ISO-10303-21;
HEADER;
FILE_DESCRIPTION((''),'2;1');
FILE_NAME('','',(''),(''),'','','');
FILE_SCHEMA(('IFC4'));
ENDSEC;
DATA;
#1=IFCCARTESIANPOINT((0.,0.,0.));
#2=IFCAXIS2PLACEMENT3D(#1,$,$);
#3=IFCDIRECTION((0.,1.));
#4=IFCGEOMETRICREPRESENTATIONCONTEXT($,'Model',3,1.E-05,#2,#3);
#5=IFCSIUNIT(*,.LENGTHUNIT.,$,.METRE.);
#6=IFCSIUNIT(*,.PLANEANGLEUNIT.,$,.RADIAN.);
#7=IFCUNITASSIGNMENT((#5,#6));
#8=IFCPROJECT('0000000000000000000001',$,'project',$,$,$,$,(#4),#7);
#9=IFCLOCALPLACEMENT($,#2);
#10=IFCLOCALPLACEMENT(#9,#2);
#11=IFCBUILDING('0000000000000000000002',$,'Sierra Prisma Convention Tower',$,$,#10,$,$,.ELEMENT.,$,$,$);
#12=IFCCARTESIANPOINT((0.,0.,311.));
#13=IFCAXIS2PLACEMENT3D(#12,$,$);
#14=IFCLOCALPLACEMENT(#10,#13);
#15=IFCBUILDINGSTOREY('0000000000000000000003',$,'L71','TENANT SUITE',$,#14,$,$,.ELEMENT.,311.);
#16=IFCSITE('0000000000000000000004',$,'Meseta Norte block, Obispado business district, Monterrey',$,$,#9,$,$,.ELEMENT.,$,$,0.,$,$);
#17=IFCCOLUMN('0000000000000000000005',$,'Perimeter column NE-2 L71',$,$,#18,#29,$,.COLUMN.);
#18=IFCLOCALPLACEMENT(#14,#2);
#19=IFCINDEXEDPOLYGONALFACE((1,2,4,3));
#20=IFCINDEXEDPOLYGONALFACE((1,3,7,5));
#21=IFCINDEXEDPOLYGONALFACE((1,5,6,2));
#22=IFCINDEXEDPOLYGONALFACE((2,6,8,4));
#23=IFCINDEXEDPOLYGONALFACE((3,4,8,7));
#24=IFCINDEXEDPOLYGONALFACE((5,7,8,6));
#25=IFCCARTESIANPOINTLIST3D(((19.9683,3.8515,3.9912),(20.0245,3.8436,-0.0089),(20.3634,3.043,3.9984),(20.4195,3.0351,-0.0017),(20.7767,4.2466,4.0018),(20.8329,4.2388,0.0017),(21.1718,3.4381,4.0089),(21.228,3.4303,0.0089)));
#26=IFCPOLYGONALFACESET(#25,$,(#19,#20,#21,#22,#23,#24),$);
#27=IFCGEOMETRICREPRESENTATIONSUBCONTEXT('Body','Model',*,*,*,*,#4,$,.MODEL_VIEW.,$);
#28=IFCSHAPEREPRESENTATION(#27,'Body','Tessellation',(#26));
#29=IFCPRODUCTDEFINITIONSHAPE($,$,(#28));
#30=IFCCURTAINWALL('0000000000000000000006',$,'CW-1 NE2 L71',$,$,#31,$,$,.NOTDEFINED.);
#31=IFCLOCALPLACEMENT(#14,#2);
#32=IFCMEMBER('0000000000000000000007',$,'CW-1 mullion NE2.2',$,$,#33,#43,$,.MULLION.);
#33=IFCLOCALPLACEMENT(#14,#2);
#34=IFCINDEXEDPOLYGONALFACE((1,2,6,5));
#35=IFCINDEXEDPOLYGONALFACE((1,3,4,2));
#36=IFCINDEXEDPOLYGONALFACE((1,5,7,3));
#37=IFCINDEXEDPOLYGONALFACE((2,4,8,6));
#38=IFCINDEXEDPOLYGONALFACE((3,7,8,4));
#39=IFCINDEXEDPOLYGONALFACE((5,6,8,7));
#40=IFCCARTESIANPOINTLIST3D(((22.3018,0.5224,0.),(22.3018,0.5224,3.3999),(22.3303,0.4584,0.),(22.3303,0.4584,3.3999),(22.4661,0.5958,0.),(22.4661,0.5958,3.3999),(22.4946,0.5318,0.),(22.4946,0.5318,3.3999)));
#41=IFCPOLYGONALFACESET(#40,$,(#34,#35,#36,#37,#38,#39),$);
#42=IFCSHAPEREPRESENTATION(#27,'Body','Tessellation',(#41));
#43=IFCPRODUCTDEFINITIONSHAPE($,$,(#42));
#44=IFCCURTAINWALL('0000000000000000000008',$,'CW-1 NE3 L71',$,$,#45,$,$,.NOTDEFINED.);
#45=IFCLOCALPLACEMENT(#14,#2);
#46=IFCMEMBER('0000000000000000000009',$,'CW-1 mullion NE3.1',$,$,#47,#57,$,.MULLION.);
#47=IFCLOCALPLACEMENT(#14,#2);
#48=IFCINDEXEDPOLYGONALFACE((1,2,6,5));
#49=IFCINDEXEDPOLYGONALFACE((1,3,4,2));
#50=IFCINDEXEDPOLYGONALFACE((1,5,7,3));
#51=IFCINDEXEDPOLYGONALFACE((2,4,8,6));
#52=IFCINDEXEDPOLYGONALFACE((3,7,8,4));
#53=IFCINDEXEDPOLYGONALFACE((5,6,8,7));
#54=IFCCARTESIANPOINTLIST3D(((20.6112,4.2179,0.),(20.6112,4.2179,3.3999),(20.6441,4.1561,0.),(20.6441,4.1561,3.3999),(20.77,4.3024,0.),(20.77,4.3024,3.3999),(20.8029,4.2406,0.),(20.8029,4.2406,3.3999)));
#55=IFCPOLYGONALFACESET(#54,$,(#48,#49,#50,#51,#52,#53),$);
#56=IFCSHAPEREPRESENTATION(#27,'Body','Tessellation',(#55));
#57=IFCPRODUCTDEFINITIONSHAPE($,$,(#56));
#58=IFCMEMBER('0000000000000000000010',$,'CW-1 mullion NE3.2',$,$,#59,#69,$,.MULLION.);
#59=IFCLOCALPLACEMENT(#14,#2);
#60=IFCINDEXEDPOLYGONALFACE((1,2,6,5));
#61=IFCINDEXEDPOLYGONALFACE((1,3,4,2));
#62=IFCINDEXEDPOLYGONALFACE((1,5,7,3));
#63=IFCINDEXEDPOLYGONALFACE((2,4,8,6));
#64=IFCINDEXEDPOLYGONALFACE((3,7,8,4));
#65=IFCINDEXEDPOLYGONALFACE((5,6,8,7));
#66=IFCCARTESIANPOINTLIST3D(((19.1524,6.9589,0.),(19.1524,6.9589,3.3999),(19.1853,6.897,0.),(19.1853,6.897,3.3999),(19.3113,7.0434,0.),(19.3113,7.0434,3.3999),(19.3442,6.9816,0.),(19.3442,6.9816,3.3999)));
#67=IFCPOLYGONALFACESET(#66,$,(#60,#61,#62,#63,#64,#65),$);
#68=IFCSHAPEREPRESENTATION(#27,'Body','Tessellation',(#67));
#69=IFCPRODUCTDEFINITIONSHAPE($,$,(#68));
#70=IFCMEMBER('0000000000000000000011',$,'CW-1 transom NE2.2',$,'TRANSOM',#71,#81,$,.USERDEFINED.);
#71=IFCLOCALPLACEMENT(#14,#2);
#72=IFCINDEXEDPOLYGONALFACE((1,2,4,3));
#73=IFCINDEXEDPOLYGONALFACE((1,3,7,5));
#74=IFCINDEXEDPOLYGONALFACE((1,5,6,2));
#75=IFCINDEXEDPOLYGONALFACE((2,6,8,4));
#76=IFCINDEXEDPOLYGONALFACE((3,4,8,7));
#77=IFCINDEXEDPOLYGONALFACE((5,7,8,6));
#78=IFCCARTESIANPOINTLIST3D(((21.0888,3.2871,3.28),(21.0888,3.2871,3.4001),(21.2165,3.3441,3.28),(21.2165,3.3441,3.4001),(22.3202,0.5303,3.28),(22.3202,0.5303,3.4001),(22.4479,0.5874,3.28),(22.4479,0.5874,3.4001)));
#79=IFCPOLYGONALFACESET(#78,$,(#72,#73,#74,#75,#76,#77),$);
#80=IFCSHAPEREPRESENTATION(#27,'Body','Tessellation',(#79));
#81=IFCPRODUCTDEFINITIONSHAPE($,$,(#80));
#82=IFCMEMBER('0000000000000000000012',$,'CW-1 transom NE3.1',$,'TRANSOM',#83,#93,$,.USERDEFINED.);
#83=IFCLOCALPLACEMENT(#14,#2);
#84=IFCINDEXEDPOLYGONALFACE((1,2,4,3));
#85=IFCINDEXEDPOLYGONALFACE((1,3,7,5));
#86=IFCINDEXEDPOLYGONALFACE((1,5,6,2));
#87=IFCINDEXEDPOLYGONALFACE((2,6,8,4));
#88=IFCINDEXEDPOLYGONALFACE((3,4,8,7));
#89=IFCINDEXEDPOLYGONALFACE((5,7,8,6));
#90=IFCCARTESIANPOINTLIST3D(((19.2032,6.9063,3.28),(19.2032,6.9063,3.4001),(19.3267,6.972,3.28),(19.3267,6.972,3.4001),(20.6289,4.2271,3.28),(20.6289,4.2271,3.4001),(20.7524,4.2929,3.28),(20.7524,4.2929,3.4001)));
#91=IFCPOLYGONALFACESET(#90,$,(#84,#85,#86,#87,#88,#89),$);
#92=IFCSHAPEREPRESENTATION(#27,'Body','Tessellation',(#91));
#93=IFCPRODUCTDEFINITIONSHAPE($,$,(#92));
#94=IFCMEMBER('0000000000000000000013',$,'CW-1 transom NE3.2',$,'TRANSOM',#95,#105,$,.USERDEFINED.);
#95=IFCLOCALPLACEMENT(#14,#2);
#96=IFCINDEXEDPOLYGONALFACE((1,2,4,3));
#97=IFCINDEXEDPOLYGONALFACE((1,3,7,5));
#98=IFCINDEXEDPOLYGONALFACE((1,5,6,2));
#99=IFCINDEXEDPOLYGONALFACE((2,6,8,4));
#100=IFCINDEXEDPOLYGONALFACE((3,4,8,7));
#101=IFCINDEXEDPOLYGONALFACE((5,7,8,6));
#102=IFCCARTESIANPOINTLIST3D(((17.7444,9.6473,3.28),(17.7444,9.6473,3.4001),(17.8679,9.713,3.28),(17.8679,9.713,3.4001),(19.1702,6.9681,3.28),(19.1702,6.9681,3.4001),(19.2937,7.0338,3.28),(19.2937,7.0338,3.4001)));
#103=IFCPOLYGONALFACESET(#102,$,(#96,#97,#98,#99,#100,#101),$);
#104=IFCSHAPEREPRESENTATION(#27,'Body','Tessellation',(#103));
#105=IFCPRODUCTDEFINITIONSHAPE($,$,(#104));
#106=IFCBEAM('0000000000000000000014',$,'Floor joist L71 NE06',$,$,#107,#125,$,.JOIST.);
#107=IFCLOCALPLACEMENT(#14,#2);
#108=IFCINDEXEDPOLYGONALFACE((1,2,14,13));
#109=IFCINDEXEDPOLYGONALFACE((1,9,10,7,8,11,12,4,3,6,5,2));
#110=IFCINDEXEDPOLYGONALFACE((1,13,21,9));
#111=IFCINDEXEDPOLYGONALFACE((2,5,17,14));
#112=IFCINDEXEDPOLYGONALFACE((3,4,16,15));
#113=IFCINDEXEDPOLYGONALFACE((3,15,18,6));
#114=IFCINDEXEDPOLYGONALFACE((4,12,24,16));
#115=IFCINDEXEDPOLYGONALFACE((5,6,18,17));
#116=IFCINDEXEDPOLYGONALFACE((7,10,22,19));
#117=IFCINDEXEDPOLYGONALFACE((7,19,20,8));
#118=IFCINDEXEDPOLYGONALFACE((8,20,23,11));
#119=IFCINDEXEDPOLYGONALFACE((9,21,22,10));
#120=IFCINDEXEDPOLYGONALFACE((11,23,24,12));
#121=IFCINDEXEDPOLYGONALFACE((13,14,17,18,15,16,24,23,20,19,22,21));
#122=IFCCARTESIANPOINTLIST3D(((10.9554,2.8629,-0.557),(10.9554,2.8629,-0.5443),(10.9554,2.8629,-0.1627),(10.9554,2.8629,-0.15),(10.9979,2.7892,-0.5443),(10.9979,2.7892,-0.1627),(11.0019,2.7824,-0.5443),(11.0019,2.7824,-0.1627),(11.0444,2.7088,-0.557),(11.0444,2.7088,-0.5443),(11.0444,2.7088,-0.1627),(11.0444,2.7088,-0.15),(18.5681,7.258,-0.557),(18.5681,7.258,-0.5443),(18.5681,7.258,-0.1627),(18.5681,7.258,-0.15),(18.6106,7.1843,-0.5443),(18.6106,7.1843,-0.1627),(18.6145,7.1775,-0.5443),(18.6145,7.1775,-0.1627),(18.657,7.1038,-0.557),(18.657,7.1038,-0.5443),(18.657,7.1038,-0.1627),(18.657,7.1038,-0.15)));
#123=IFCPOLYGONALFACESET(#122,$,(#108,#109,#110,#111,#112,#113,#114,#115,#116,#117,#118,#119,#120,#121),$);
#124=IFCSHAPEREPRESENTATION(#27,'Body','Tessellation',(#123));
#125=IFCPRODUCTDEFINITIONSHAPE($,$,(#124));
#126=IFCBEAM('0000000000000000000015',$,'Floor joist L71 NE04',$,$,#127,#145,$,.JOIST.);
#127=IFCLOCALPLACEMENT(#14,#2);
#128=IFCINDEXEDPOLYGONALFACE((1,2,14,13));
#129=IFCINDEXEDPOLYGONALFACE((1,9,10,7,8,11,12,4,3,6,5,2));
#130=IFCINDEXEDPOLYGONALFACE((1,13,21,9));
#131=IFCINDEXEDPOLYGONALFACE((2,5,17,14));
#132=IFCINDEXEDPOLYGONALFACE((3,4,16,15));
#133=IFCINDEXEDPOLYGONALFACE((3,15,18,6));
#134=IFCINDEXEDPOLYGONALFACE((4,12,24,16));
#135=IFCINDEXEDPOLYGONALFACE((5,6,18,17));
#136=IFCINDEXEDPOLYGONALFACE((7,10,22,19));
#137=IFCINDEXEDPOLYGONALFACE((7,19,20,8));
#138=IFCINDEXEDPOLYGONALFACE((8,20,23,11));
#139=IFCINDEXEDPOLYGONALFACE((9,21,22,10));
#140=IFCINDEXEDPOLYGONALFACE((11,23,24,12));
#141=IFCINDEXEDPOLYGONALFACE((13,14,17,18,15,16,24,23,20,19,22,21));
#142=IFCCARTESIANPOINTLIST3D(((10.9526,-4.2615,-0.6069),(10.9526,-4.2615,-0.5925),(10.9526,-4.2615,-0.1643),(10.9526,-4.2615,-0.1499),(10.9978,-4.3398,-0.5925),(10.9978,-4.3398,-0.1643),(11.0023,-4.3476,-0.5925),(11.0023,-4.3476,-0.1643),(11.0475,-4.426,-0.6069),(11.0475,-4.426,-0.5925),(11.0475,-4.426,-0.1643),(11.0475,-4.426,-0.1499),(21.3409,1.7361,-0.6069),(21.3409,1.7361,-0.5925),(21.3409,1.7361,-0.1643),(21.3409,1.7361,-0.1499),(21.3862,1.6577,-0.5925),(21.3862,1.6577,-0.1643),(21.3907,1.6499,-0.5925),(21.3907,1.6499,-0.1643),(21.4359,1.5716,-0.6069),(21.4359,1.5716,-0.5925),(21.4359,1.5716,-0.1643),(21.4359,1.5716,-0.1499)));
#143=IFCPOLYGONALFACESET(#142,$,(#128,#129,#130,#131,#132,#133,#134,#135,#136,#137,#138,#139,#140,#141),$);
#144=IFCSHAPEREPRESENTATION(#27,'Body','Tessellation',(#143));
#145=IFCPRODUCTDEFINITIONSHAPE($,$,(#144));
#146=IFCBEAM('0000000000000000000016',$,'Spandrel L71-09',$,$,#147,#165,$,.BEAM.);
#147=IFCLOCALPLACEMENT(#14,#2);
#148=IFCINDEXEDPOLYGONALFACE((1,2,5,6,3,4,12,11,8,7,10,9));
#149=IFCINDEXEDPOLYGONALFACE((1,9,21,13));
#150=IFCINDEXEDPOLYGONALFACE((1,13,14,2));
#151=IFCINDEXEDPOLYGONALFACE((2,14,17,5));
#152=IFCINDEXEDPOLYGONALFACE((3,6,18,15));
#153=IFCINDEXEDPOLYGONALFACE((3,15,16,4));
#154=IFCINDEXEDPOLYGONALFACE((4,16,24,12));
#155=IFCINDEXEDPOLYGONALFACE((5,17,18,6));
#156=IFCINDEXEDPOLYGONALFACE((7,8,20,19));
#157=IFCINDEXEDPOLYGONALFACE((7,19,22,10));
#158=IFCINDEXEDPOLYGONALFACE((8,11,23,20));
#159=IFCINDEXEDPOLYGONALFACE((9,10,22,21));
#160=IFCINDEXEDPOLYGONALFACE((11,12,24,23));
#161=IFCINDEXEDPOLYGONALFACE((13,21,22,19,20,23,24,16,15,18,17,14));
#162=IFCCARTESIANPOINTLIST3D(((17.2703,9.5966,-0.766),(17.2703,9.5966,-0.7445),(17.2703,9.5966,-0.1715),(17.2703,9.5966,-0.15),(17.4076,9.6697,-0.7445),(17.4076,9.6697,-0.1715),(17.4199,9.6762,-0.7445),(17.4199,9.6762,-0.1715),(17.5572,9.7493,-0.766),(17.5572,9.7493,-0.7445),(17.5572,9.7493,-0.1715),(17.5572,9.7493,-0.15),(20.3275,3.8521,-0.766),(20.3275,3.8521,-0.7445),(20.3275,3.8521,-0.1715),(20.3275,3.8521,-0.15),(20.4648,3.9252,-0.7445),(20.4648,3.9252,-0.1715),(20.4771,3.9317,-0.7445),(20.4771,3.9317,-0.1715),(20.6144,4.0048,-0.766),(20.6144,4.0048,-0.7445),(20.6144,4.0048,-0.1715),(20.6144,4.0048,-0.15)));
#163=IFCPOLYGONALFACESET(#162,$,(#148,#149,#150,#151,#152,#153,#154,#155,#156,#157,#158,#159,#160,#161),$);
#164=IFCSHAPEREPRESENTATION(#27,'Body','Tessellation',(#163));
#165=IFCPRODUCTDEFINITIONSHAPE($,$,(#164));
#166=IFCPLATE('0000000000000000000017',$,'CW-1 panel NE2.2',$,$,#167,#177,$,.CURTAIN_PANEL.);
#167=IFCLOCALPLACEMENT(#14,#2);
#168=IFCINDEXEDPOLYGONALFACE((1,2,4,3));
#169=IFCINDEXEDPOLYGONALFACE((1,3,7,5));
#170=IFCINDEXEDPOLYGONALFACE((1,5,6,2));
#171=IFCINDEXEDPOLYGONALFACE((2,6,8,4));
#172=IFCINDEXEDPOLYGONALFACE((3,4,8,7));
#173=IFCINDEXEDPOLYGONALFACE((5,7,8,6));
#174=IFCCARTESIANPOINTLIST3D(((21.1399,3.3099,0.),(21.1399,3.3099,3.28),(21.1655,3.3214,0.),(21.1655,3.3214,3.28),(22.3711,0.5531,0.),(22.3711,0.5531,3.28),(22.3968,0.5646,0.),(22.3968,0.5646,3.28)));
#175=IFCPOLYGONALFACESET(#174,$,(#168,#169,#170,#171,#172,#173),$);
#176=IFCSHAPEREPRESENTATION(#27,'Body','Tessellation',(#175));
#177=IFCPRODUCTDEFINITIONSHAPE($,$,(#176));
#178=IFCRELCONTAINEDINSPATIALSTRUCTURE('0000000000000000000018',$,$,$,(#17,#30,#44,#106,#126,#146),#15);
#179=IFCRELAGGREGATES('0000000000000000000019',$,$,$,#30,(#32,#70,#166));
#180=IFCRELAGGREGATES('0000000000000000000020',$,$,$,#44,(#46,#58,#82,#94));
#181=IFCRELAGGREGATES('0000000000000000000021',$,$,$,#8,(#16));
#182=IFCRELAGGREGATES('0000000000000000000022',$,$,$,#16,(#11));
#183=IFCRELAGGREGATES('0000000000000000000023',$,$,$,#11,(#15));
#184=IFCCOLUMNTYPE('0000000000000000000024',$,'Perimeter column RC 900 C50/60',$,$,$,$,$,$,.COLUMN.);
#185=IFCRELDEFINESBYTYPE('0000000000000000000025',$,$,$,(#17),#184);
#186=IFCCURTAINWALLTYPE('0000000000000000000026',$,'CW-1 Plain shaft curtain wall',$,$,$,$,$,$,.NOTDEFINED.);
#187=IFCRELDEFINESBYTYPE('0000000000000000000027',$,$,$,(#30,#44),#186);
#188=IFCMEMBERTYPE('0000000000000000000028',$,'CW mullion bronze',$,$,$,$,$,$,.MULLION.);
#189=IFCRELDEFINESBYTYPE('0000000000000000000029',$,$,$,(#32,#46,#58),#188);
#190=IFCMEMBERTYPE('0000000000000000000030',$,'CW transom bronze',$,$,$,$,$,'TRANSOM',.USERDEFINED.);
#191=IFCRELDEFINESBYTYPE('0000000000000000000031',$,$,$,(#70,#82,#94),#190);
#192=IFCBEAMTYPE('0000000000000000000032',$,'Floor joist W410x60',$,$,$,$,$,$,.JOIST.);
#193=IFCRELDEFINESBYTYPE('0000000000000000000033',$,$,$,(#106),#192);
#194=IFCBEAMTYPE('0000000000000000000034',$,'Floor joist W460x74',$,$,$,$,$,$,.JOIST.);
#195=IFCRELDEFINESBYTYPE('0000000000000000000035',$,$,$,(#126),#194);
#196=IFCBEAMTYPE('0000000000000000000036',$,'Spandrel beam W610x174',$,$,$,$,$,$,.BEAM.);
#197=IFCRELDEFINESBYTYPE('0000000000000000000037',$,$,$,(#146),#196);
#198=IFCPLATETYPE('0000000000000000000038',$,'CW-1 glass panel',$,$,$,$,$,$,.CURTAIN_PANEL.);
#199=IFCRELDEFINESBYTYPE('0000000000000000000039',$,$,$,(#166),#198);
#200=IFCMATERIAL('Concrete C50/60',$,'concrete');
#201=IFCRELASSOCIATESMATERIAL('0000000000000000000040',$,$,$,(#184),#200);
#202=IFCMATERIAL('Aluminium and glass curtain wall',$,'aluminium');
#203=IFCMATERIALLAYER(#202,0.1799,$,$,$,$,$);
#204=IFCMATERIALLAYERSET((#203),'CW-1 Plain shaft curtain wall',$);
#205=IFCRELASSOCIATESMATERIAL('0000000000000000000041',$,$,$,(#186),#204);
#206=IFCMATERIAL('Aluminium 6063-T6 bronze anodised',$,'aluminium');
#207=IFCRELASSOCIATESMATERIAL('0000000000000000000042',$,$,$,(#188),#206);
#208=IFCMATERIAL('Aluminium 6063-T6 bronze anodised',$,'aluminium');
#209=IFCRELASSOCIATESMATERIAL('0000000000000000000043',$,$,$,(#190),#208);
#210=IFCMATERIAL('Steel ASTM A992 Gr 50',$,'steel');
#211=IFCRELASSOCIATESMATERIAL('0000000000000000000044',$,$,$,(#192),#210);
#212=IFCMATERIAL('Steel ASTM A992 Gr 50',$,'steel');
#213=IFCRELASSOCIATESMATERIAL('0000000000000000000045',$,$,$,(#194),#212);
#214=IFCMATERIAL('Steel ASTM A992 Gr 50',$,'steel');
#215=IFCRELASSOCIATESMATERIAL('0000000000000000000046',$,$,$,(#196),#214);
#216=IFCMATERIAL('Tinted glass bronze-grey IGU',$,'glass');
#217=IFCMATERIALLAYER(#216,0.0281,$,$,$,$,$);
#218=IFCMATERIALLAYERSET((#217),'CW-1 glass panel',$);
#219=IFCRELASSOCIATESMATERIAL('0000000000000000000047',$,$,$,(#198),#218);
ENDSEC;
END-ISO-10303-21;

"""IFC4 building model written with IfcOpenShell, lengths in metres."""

from ifc_helpers import new_model, si_unit, direction, frame, origin, origin_2d, place, context, subcontext, project, spatial, rectangle, i_section, extrude, material, layer, layer_set, material_profile, profile_set, type_object, element, aggregate, save


model = new_model("IFC4")

# Units and contexts
model_context = context("Model", 3, precision=1e-05, world=origin(), true_north=direction((0.0, 1.0)))
body_context = subcontext(model_context, "Body", "Model", "MODEL_VIEW")
ifc_project = project(units=[si_unit("LENGTHUNIT", "METRE"), si_unit("PLANEANGLEUNIT", "RADIAN")], contexts=[model_context])

# Site, building, storey
site_placement = place(None, origin())
site = spatial("IfcSite", under=ifc_project, at=site_placement, Name="Meseta Norte block, Obispado business district, Monterrey", CompositionType="ELEMENT", RefElevation=0.0)
building_placement = place(site_placement, origin())
building = spatial("IfcBuilding", under=site, at=building_placement, Name="Sierra Prisma Convention Tower", CompositionType="ELEMENT")
storey_placement = place(building_placement, frame((0.0, 0.0, 311.0)))
storey = spatial("IfcBuildingStorey", under=building, at=storey_placement, Name="L71", Description="TENANT SUITE", CompositionType="ELEMENT", Elevation=311.0)

# Column
ifc_material_1 = material(Name="Concrete C50/60", Category="concrete")
ifc_material_profile_1 = material_profile(ifc_material_1, rectangle(XDim=0.8999, YDim=0.8999, at=origin_2d()), Name="Perimeter column RC 900 C50/60")
ifc_profile_set_1 = profile_set([ifc_material_profile_1], Name="Concrete C50/60")
column_type = type_object("IfcColumnType", Name="Perimeter column RC 900 C50/60", PredefinedType="COLUMN", material=ifc_profile_set_1)
column_placement = place(storey_placement, frame((20.6262, 3.637, 0.0), z_axis=(-0.014037, 0.001953, 0.9999), x_axis=(-0.439027, 0.898439, -0.007918)))
element("IfcColumn", 1, at=column_placement, inside=storey, type_object=column_type, Name="Perimeter column NE-2 L71", PredefinedType="COLUMN", context=body_context, shape_type="SweptSolid", body=[
    extrude(rectangle(XDim=0.8999, YDim=0.8999, at=origin_2d()), origin(), (0.0, 0.0, 1.0), 4.0005),
])

# Curtain wall, member
ifc_material_2 = material(Name="Aluminium and glass curtain wall", Category="aluminium")
ifc_layer_1 = layer(ifc_material_2, 0.1799)
ifc_layer_set_1 = layer_set([ifc_layer_1], Name="CW-1 Plain shaft curtain wall")
curtain_wall_type = type_object("IfcCurtainWallType", Name="CW-1 Plain shaft curtain wall", PredefinedType="NOTDEFINED", material=ifc_layer_set_1)
curtain_wall_1_placement = place(storey_placement, origin())
curtain_wall_1 = element("IfcCurtainWall", 2, at=curtain_wall_1_placement, inside=storey, type_object=curtain_wall_type, Name="CW-1 NE2 L71", PredefinedType="NOTDEFINED")
ifc_material_3 = material(Name="Aluminium 6063-T6 bronze anodised", Category="aluminium")
ifc_material_profile_2 = material_profile(ifc_material_3, rectangle(XDim=0.1799, YDim=0.0701, at=origin_2d()), Name="ALU MULLION 70x180")
ifc_profile_set_2 = profile_set([ifc_material_profile_2], Name="Aluminium 6063-T6 bronze anodised")
member_type_1 = type_object("IfcMemberType", Name="CW mullion bronze", PredefinedType="MULLION", material=ifc_profile_set_2)
member_1_placement = place(storey_placement, frame((22.3982, 0.5271, 0.0), z_axis=(0.0, 0.0, 1.0), x_axis=(-0.91307, -0.407802, 0.0)))
member_1 = element("IfcMember", 3, at=member_1_placement, type_object=member_type_1, Name="CW-1 mullion NE2.2", PredefinedType="MULLION", context=body_context, shape_type="SweptSolid", body=[
    extrude(rectangle(XDim=0.1799, YDim=0.0701, at=origin_2d()), origin(), (0.0, 0.0, 1.0), 3.3999),
])

# Curtain wall, members
curtain_wall_2_placement = place(storey_placement, origin())
curtain_wall_2 = element("IfcCurtainWall", 4, at=curtain_wall_2_placement, inside=storey, type_object=curtain_wall_type, Name="CW-1 NE3 L71", PredefinedType="NOTDEFINED")
member_2_placement = place(storey_placement, frame((20.707, 4.2292, 0.0), z_axis=(0.0, 0.0, 1.0), x_axis=(-0.882765, -0.469815, 0.0)))
member_2 = element("IfcMember", 5, at=member_2_placement, type_object=member_type_1, Name="CW-1 mullion NE3.1", PredefinedType="MULLION", context=body_context, shape_type="SweptSolid", body=[
    extrude(rectangle(XDim=0.1799, YDim=0.0701, at=origin_2d()), origin(), (0.0, 0.0, 1.0), 3.3999),
])
member_3_placement = place(storey_placement, frame((19.2483, 6.9702, 0.0), z_axis=(0.0, 0.0, 1.0), x_axis=(-0.882765, -0.469815, 0.0)))
member_3 = element("IfcMember", 6, at=member_3_placement, type_object=member_type_1, Name="CW-1 mullion NE3.2", PredefinedType="MULLION", context=body_context, shape_type="SweptSolid", body=[
    extrude(rectangle(XDim=0.1799, YDim=0.0701, at=origin_2d()), origin(), (0.0, 0.0, 1.0), 3.3999),
])

# Members
ifc_material_4 = material(Name="Aluminium 6063-T6 bronze anodised", Category="aluminium")
ifc_material_profile_3 = material_profile(ifc_material_4, rectangle(XDim=0.1399, YDim=0.1201, at=origin_2d()), Name="ALU TRANSOM 120x140")
ifc_profile_set_3 = profile_set([ifc_material_profile_3], Name="Aluminium 6063-T6 bronze anodised")
member_type_2 = type_object("IfcMemberType", Name="CW transom bronze", ElementType="TRANSOM", PredefinedType="USERDEFINED", material=ifc_profile_set_3)
member_4_placement = place(storey_placement, frame((22.384, 0.5588, 3.3401), z_axis=(-0.407848, 0.91305, 0.0), x_axis=(-0.91305, -0.407848, 0.0)))
member_4 = element("IfcMember", 7, at=member_4_placement, type_object=member_type_2, Name="CW-1 transom NE2.2", ObjectType="TRANSOM", PredefinedType="USERDEFINED", context=body_context, shape_type="SweptSolid", body=[
    extrude(rectangle(XDim=0.1399, YDim=0.1201, at=origin_2d()), origin(), (0.0, 0.0, 1.0), 3.0193),
])
member_5_placement = place(storey_placement, frame((20.6907, 4.26, 3.3401), z_axis=(-0.469786, 0.88278, 0.0), x_axis=(-0.88278, -0.469786, 0.0)))
member_5 = element("IfcMember", 8, at=member_5_placement, type_object=member_type_2, Name="CW-1 transom NE3.1", ObjectType="TRANSOM", PredefinedType="USERDEFINED", context=body_context, shape_type="SweptSolid", body=[
    extrude(rectangle(XDim=0.1399, YDim=0.1201, at=origin_2d()), origin(), (0.0, 0.0, 1.0), 3.0349),
])
member_6_placement = place(storey_placement, frame((19.2319, 7.001, 3.3401), z_axis=(-0.469786, 0.88278, 0.0), x_axis=(-0.88278, -0.469786, 0.0)))
member_6 = element("IfcMember", 9, at=member_6_placement, type_object=member_type_2, Name="CW-1 transom NE3.2", ObjectType="TRANSOM", PredefinedType="USERDEFINED", context=body_context, shape_type="SweptSolid", body=[
    extrude(rectangle(XDim=0.1399, YDim=0.1201, at=origin_2d()), origin(), (0.0, 0.0, 1.0), 3.0349),
])

# Beams
ifc_material_5 = material(Name="Steel ASTM A992 Gr 50", Category="steel")
ifc_material_profile_4 = material_profile(ifc_material_5, i_section(OverallWidth=0.178, OverallDepth=0.407, WebThickness=0.0078, FlangeThickness=0.0127, at=origin_2d()), Name="W410x60")
ifc_profile_set_4 = profile_set([ifc_material_profile_4], Name="Steel ASTM A992 Gr 50")
beam_type_1 = type_object("IfcBeamType", Name="Floor joist W410x60", PredefinedType="JOIST", material=ifc_profile_set_4)
beam_1_placement = place(storey_placement, frame((18.6125, 7.1809, -0.3535), z_axis=(-0.86603, -0.499993, 0.0), x_axis=(0.499993, -0.86603, 0.0)))
element("IfcBeam", 10, at=beam_1_placement, inside=storey, type_object=beam_type_1, Name="Floor joist L71 NE06", PredefinedType="JOIST", context=body_context, shape_type="SweptSolid", body=[
    extrude(i_section(OverallWidth=0.178, OverallDepth=0.407, WebThickness=0.0078, FlangeThickness=0.0127, at=origin_2d()), origin(), (0.0, 0.0, 1.0), 8.7903),
])
ifc_material_6 = material(Name="Steel ASTM A992 Gr 50", Category="steel")
ifc_material_profile_5 = material_profile(ifc_material_6, i_section(OverallWidth=0.1899, OverallDepth=0.457, WebThickness=0.009, FlangeThickness=0.0144, at=origin_2d()), Name="W460x74")
ifc_profile_set_5 = profile_set([ifc_material_profile_5], Name="Steel ASTM A992 Gr 50")
beam_type_2 = type_object("IfcBeamType", Name="Floor joist W460x74", PredefinedType="JOIST", material=ifc_profile_set_5)
beam_2_placement = place(storey_placement, frame((21.3884, 1.6538, -0.3784), z_axis=(-0.866033, -0.499987, 0.0), x_axis=(0.499987, -0.866033, 0.0)))
element("IfcBeam", 11, at=beam_2_placement, inside=storey, type_object=beam_type_2, Name="Floor joist L71 NE04", PredefinedType="JOIST", context=body_context, shape_type="SweptSolid", body=[
    extrude(i_section(OverallWidth=0.1899, OverallDepth=0.457, WebThickness=0.009, FlangeThickness=0.0144, at=origin_2d()), origin(), (0.0, 0.0, 1.0), 11.9954),
])
ifc_material_7 = material(Name="Steel ASTM A992 Gr 50", Category="steel")
ifc_material_profile_6 = material_profile(ifc_material_7, i_section(OverallWidth=0.325, OverallDepth=0.616, WebThickness=0.0139, FlangeThickness=0.0215, at=origin_2d()), Name="W610x174")
ifc_profile_set_6 = profile_set([ifc_material_profile_6], Name="Steel ASTM A992 Gr 50")
beam_type_3 = type_object("IfcBeamType", Name="Spandrel beam W610x174", PredefinedType="BEAM", material=ifc_profile_set_6)
beam_3_placement = place(storey_placement, frame((20.4709, 3.9285, -0.458), z_axis=(-0.469805, 0.88277, 0.0), x_axis=(-0.88277, -0.469805, 0.0)))
element("IfcBeam", 12, at=beam_3_placement, inside=storey, type_object=beam_type_3, Name="Spandrel L71-09", PredefinedType="BEAM", context=body_context, shape_type="SweptSolid", body=[
    extrude(i_section(OverallWidth=0.325, OverallDepth=0.616, WebThickness=0.0139, FlangeThickness=0.0215, at=origin_2d()), origin(), (0.0, 0.0, 1.0), 6.5073),
])

# Plate
ifc_material_8 = material(Name="Tinted glass bronze-grey IGU", Category="glass")
ifc_layer_2 = layer(ifc_material_8, 0.0281)
ifc_layer_set_2 = layer_set([ifc_layer_2], Name="CW-1 glass panel")
plate_type = type_object("IfcPlateType", Name="CW-1 glass panel", PredefinedType="CURTAIN_PANEL", material=ifc_layer_set_2)
plate_1_placement = place(storey_placement, frame((21.7683, 1.9373, 0.0), z_axis=(0.0, 0.0, 1.0), x_axis=(-0.407802, 0.91307, 0.0)))
plate_1 = element("IfcPlate", 13, at=plate_1_placement, type_object=plate_type, Name="CW-1 panel NE2.2", PredefinedType="CURTAIN_PANEL", context=body_context, shape_type="SweptSolid", body=[
    extrude(rectangle(XDim=3.0193, YDim=0.0281, at=origin_2d()), origin(), (0.0, 0.0, 1.0), 3.28),
])
aggregate(curtain_wall_1, [member_1, member_4, plate_1])
aggregate(curtain_wall_2, [member_2, member_3, member_5, member_6])

save(model, "model.ifc")
